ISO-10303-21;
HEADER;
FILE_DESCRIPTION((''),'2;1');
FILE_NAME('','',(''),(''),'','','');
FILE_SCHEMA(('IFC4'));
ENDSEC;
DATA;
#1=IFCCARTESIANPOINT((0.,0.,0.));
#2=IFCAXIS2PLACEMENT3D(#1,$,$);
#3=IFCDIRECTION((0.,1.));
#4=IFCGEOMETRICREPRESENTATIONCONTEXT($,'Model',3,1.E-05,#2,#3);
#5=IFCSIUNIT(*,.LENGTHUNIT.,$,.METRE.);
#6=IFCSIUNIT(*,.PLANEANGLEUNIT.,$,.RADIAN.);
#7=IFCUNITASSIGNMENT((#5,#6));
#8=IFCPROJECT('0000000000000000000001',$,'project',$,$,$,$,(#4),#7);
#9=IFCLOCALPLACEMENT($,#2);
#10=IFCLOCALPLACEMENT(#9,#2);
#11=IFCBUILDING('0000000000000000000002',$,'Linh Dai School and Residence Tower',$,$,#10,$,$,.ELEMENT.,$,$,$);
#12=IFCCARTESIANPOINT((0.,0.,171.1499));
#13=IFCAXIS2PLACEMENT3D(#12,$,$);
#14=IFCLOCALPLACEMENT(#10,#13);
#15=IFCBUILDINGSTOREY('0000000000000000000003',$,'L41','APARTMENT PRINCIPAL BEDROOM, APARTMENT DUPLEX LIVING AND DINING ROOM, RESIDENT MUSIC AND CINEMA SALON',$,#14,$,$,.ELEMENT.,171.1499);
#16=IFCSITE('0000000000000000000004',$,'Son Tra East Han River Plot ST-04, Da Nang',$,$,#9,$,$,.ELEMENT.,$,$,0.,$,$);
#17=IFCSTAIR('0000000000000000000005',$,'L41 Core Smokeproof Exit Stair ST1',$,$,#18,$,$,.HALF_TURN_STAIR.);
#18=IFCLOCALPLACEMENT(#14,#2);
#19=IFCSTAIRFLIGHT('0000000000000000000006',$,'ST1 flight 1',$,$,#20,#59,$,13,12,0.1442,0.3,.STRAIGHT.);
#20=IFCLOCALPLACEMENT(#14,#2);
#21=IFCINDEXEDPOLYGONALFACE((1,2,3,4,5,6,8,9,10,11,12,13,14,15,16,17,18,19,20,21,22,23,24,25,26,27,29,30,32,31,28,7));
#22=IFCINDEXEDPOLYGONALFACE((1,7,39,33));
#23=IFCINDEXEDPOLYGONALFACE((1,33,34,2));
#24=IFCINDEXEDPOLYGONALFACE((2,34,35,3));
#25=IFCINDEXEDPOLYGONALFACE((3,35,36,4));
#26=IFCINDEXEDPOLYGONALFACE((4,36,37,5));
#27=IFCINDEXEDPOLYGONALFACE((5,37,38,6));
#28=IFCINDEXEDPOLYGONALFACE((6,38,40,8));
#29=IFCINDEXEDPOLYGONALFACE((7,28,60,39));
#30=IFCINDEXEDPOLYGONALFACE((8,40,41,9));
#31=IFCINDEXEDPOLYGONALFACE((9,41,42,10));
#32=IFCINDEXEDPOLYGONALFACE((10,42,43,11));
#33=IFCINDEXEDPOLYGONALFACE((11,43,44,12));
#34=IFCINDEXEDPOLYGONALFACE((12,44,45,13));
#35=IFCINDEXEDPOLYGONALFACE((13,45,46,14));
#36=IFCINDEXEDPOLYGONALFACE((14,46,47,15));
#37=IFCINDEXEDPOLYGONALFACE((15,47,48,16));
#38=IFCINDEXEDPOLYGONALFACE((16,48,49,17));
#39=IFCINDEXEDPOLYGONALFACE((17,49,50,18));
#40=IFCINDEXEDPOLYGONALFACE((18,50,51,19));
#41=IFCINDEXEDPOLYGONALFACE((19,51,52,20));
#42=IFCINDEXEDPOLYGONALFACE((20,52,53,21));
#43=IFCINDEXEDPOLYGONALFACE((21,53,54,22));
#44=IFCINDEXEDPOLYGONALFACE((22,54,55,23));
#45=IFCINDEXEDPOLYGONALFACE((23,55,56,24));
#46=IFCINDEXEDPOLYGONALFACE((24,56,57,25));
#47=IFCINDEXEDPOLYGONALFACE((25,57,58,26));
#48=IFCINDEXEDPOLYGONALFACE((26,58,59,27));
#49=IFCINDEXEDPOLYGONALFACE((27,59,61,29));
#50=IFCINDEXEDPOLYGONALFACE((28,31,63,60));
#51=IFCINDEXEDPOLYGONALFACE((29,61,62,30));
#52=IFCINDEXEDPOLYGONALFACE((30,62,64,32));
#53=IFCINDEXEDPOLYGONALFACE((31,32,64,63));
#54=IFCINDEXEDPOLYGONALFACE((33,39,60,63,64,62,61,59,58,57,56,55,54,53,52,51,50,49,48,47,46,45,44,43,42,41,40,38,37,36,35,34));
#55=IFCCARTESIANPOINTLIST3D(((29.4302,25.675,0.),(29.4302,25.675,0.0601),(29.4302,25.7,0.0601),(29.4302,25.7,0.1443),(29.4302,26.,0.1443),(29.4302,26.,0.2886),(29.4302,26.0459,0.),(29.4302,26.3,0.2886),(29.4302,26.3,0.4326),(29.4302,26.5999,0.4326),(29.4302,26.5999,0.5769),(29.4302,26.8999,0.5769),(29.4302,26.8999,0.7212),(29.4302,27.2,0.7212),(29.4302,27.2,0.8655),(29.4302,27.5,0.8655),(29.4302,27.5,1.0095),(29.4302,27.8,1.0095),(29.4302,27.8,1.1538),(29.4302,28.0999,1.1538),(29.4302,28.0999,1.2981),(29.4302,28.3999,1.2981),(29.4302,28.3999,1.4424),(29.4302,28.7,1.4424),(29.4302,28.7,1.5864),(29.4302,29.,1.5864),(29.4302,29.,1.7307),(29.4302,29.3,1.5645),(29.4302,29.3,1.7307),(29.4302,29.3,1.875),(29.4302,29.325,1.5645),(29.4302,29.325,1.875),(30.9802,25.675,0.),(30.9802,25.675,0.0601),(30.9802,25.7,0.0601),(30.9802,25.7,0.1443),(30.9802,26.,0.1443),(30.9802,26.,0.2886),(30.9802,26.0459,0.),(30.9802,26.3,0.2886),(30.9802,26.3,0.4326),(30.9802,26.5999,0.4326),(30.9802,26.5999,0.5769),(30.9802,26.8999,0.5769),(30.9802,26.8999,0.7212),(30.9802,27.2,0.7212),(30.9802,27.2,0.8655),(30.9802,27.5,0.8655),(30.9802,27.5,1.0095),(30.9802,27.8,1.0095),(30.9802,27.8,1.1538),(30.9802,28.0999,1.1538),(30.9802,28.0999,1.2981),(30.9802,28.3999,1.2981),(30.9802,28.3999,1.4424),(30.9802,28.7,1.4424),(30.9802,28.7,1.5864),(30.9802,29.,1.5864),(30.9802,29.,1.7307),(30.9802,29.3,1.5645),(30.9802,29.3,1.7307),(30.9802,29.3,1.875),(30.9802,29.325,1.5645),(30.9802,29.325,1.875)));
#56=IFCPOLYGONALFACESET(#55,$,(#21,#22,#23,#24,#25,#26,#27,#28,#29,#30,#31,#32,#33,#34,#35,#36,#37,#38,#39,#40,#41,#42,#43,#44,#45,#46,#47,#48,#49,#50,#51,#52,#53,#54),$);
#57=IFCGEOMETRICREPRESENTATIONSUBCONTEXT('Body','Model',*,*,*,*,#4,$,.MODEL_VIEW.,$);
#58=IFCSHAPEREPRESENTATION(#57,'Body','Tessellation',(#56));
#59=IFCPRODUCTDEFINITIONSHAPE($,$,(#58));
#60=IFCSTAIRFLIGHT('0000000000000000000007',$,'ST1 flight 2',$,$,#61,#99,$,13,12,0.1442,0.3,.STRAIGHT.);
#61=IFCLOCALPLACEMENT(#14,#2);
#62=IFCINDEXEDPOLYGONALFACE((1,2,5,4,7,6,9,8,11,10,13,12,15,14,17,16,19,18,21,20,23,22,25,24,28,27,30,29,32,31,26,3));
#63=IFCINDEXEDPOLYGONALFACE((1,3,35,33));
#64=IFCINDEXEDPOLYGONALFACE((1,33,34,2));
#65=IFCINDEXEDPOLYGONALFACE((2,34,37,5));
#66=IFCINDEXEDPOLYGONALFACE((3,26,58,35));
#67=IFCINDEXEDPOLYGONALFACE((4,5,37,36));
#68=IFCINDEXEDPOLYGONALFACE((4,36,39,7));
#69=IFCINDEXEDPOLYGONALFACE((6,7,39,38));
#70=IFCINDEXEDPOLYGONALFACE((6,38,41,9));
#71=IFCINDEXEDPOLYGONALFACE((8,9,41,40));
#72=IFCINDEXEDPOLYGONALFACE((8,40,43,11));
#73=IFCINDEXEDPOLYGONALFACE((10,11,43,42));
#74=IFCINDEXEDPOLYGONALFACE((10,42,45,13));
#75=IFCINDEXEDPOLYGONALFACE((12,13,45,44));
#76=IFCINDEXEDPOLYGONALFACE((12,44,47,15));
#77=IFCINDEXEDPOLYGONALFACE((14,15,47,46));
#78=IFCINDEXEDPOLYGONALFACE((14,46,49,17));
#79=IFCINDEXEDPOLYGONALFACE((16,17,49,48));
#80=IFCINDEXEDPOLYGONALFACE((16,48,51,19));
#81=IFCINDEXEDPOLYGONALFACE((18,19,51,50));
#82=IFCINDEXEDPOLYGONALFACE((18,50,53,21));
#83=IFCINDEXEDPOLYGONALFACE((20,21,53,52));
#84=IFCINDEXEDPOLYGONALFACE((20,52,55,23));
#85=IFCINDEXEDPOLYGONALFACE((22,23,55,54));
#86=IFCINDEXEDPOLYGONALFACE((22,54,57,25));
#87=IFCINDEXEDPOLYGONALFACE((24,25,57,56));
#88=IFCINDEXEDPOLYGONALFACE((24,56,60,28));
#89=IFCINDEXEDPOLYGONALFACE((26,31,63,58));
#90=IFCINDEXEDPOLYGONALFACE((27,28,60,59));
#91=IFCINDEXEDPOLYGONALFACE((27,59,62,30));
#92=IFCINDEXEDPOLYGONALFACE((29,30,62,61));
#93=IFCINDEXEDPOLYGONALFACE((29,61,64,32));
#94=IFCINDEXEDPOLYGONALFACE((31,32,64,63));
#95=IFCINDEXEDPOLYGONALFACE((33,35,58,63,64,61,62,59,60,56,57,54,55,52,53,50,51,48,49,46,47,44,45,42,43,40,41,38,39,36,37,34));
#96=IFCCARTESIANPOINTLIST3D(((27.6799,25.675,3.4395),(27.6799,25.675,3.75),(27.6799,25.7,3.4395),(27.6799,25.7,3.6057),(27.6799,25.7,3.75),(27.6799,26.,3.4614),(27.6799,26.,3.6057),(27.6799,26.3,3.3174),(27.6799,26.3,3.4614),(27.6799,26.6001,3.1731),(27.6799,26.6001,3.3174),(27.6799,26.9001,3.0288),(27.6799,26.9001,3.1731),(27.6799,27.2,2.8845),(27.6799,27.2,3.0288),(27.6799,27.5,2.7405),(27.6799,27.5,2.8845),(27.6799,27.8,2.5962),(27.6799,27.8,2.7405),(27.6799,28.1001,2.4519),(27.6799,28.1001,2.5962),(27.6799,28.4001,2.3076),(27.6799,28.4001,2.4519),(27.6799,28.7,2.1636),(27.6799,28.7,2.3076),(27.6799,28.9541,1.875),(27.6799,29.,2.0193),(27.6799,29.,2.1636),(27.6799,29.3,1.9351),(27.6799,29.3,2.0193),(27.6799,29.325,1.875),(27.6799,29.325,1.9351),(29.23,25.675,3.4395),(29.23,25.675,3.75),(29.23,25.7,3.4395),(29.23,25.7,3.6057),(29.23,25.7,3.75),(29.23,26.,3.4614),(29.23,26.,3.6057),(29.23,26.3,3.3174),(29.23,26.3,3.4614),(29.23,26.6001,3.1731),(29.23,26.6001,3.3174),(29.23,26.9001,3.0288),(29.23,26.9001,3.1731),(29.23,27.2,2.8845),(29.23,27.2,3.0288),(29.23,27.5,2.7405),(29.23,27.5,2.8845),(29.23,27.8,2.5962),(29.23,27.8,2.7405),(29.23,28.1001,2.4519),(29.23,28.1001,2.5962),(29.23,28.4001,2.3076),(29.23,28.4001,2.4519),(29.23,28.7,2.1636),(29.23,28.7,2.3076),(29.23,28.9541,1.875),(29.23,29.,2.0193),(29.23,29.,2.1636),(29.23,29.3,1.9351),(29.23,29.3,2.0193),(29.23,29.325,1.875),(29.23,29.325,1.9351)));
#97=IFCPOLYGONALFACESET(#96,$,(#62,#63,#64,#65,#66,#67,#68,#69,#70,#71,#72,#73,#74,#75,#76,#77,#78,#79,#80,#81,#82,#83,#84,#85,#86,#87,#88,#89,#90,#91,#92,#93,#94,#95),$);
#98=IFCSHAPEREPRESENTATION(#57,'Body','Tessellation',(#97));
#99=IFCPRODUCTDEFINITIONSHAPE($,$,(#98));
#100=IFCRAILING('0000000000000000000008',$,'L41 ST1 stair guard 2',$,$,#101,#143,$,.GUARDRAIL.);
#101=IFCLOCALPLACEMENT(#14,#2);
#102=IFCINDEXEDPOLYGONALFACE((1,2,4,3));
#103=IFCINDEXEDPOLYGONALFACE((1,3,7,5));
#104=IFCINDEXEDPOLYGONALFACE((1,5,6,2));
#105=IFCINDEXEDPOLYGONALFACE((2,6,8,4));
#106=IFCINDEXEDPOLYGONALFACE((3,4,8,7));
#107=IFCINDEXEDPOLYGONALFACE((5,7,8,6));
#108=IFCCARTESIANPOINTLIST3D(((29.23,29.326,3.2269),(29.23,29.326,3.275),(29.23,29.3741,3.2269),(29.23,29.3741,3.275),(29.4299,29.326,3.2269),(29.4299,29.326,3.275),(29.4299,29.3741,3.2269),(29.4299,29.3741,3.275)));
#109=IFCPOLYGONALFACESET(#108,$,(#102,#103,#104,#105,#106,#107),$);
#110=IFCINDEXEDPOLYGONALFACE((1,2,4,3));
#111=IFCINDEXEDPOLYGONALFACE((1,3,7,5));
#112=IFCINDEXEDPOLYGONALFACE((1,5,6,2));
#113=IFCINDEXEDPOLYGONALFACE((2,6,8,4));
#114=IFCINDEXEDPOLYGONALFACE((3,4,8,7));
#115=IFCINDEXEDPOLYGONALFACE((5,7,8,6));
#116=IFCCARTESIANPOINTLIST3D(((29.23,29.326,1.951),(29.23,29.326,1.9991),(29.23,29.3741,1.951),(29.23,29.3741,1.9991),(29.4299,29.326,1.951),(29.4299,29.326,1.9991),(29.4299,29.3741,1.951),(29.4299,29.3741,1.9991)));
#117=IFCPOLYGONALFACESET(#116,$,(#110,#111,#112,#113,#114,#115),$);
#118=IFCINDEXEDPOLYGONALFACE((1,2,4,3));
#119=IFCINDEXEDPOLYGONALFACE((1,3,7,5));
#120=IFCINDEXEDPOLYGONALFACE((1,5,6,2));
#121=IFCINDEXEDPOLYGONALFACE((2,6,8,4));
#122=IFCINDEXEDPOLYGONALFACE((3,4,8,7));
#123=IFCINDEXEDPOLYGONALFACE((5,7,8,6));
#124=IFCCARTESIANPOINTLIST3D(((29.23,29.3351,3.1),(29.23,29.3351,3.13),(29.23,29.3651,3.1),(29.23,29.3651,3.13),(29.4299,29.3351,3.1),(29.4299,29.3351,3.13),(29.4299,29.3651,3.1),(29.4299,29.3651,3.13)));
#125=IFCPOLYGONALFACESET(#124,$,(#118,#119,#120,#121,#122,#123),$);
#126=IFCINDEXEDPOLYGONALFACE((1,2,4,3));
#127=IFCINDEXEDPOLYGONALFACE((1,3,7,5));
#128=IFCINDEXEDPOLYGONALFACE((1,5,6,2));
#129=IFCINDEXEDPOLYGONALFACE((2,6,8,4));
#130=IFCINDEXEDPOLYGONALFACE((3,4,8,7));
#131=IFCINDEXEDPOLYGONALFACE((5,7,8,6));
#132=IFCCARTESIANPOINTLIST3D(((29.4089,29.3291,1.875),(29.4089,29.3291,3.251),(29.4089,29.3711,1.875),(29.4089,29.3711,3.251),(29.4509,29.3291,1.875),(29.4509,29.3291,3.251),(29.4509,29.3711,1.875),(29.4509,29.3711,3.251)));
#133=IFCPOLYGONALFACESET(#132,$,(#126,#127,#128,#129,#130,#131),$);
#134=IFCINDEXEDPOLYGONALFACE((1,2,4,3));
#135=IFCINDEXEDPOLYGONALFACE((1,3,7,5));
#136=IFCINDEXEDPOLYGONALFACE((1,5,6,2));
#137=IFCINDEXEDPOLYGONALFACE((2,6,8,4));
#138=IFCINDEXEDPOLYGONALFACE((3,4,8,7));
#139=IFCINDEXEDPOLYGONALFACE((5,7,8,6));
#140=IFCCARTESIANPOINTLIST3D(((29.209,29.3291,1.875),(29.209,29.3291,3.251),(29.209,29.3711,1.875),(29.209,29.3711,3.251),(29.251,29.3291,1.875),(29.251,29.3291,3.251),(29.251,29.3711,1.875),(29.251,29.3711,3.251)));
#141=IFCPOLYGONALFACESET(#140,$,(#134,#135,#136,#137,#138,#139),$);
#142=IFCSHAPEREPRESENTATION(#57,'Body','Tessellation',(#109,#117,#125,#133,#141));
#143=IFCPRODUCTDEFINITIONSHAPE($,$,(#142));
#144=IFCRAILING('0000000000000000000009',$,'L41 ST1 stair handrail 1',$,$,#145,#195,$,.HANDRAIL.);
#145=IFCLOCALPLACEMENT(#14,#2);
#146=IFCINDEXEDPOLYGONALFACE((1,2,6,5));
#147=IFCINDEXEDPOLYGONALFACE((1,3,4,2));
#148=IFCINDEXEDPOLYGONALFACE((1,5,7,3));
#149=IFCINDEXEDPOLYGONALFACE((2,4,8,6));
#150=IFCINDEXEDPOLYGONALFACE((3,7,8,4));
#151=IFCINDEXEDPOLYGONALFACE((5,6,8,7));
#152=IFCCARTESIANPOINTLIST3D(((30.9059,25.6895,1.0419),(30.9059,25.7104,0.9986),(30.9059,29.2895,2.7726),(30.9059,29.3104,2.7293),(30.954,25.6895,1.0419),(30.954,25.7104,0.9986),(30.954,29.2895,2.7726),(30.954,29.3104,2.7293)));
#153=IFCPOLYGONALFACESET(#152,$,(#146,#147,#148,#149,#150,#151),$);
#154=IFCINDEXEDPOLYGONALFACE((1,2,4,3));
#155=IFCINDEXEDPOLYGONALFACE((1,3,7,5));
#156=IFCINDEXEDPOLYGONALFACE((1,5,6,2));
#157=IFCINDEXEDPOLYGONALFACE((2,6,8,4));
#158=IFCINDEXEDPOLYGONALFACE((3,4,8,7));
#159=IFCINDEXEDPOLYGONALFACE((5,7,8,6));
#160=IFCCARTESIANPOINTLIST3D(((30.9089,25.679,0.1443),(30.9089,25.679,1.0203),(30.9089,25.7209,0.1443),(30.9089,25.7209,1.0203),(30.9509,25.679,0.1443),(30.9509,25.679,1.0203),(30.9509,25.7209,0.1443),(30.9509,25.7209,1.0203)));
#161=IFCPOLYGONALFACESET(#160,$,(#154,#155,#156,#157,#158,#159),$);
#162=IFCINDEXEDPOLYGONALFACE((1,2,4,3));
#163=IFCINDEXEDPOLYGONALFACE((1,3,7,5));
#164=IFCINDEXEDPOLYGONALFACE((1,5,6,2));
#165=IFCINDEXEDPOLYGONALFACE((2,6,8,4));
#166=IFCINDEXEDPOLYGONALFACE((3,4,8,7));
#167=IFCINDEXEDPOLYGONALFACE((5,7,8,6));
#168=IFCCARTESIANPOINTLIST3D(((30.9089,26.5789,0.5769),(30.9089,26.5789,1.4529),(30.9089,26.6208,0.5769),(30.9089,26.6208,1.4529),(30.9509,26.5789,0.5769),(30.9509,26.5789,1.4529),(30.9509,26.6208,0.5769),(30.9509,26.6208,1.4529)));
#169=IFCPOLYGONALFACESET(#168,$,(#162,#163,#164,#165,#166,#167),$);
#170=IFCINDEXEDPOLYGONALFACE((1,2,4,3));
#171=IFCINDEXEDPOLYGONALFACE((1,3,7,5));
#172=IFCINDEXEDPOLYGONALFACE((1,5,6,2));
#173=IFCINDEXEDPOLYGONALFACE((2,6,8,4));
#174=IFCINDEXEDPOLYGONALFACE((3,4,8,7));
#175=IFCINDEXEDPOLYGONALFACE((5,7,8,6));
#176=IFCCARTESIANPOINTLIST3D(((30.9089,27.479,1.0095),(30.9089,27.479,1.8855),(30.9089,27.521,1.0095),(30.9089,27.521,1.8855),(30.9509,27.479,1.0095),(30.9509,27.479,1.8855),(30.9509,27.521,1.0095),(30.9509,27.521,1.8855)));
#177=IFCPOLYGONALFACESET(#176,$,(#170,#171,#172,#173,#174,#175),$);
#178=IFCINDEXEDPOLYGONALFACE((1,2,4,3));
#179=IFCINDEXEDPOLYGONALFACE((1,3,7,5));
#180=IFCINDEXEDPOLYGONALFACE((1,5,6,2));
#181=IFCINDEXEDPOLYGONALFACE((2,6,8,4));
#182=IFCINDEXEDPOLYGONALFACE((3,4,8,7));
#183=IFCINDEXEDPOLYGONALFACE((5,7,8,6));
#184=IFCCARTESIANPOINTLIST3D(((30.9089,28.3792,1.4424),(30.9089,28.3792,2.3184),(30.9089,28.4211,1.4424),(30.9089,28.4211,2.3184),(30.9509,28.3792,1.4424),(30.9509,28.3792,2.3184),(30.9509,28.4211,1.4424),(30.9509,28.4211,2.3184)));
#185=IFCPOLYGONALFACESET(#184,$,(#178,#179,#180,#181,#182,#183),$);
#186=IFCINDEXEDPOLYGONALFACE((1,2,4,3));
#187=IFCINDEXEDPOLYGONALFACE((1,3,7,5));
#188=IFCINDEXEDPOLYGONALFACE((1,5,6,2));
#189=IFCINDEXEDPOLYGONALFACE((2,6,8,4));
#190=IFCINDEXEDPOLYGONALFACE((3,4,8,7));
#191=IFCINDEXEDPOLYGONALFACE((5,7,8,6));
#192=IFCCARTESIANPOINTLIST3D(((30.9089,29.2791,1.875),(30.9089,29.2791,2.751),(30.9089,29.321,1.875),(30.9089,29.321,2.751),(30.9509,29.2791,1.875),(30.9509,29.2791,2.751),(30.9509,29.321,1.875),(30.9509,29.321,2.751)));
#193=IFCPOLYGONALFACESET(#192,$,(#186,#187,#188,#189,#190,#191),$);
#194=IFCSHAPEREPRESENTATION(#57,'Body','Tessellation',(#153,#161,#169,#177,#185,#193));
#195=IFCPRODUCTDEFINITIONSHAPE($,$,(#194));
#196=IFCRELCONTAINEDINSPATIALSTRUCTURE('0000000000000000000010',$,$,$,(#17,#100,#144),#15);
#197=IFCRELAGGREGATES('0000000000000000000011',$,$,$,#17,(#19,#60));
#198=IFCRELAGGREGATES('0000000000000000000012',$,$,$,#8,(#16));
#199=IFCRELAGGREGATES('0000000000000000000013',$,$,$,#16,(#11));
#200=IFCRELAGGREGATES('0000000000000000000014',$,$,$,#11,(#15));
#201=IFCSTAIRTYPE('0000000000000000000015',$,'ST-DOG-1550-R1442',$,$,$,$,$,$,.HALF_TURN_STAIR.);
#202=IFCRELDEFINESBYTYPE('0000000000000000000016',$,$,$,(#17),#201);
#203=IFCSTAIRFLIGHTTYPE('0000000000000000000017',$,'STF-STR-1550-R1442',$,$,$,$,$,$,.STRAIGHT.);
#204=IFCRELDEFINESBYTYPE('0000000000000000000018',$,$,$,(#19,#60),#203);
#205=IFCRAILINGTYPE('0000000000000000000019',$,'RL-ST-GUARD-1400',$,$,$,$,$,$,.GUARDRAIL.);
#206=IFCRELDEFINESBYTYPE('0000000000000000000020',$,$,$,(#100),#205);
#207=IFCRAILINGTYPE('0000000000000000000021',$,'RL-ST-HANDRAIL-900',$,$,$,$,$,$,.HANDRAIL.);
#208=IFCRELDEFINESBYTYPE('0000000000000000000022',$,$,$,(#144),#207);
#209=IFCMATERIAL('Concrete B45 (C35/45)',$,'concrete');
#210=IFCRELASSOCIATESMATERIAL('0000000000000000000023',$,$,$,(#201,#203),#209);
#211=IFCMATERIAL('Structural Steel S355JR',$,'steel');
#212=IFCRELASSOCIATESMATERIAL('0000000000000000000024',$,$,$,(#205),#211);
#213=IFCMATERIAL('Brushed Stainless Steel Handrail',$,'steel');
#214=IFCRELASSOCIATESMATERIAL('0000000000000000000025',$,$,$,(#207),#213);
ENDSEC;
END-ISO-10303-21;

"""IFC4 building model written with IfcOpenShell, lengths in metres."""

from ifc_helpers import new_model, si_unit, direction, frame, origin, origin_2d, place, context, subcontext, project, spatial, polyline, rectangle, outline, extrude, source, transform, mapped, material, type_object, element, aggregate, save


model = new_model("IFC4")

# Units and contexts
model_context = context("Model", 3, precision=1e-05, world=origin(), true_north=direction((0.0, 1.0)))
body_context = subcontext(model_context, "Body", "Model", "MODEL_VIEW")
ifc_project = project(units=[si_unit("LENGTHUNIT", "METRE"), si_unit("PLANEANGLEUNIT", "RADIAN")], contexts=[model_context])

# Site, building, storey
site_placement = place(None, origin())
site = spatial("IfcSite", under=ifc_project, at=site_placement, Name="Son Tra East Han River Plot ST-04, Da Nang", CompositionType="ELEMENT", RefElevation=0.0)
building_placement = place(site_placement, origin())
building = spatial("IfcBuilding", under=site, at=building_placement, Name="Linh Dai School and Residence Tower", CompositionType="ELEMENT")
storey_placement = place(building_placement, frame((0.0, 0.0, 171.1499)))
storey = spatial("IfcBuildingStorey", under=building, at=storey_placement, Name="L41", Description="APARTMENT PRINCIPAL BEDROOM, APARTMENT DUPLEX LIVING AND DINING ROOM, RESIDENT MUSIC AND CINEMA SALON", CompositionType="ELEMENT", Elevation=171.1499)

# Shared definitions
ifc_material_1 = material(Name="Concrete B45 (C35/45)", Category="concrete")

# Stair, stair flights
stair_type = type_object("IfcStairType", Name="ST-DOG-1550-R1442", PredefinedType="HALF_TURN_STAIR", material=ifc_material_1)
stair_placement = place(storey_placement, origin())
stair = element("IfcStair", 1, at=stair_placement, inside=storey, type_object=stair_type, Name="L41 Core Smokeproof Exit Stair ST1", PredefinedType="HALF_TURN_STAIR")
stair_flight_type = type_object("IfcStairFlightType", Name="STF-STR-1550-R1442", PredefinedType="STRAIGHT", material=ifc_material_1)
shared_shape_1 = source(origin(), body_context, "Body", "SweptSolid", [
    extrude(outline(polyline([(-0.0249, 0.0), (-0.0249, 0.0601), (0.0, 0.0601), (0.0, 0.1443), (0.3, 0.1443), (0.3, 0.2886), (0.6001, 0.2886), (0.6001, 0.4326), (0.8999, 0.4326), (0.8999, 0.5769), (1.2, 0.5769), (1.2, 0.7212), (1.5, 0.7212), (1.5, 0.8655), (1.8, 0.8655), (1.8, 1.0095), (2.1001, 1.0095), (2.1001, 1.1538), (2.3999, 1.1538), (2.3999, 1.2981), (2.7, 1.2981), (2.7, 1.4424), (3.0, 1.4424), (3.0, 1.5864), (3.3, 1.5864), (3.3, 1.7307), (3.6001, 1.7307), (3.6001, 1.875), (3.625, 1.875), (3.625, 1.5645), (3.6001, 1.5645), (0.3459, 0.0), (-0.0249, 0.0)])), frame((0.0, 0.7749, 0.0), z_axis=(0.0, -1.0, 0.0), x_axis=(1.0, 0.0, 0.0)), (0.0, 0.0, 1.0), 1.55),
])
stair_flight_1_placement = place(storey_placement, frame((30.2051, 25.7, 0.0), z_axis=(0.0, 0.0, 1.0), x_axis=(0.0, 1.0, 0.0)))
stair_flight_1 = element("IfcStairFlight", 2, at=stair_flight_1_placement, type_object=stair_flight_type, Name="ST1 flight 1", NumberOfRisers=13, NumberOfTreads=12, PredefinedType="STRAIGHT", RiserHeight=0.1442, TreadLength=0.3, context=body_context, shape_type="MappedRepresentation", body=[
    mapped(shared_shape_1, transform((0.0, 0.0, 0.0), x_axis=(1.0, 0.0, 0.0), y_axis=(0.0, 1.0, 0.0), z_axis=(0.0, 0.0, 1.0), scale=1.0)),
])
stair_flight_2_placement = place(storey_placement, frame((28.4551, 29.3, 1.875), z_axis=(0.0, 0.0, 1.0), x_axis=(0.0, -1.0, 0.0)))
stair_flight_2 = element("IfcStairFlight", 3, at=stair_flight_2_placement, type_object=stair_flight_type, Name="ST1 flight 2", NumberOfRisers=13, NumberOfTreads=12, PredefinedType="STRAIGHT", RiserHeight=0.1442, TreadLength=0.3, context=body_context, shape_type="MappedRepresentation", body=[
    mapped(shared_shape_1, transform((0.0, 0.0, 0.0), x_axis=(1.0, 0.0, 0.0), y_axis=(0.0, 1.0, 0.0), z_axis=(0.0, 0.0, 1.0), scale=1.0)),
])
aggregate(stair, [stair_flight_1, stair_flight_2])

# Railings
ifc_material_2 = material(Name="Structural Steel S355JR", Category="steel")
railing_type_1 = type_object("IfcRailingType", Name="RL-ST-GUARD-1400", PredefinedType="GUARDRAIL", material=ifc_material_2)
shared_shape_2 = source(origin(), body_context, "Body", "SweptSolid", [
    extrude(rectangle(XDim=0.0481, YDim=0.0481, at=origin_2d()), frame((0.0, 0.0, 1.376), z_axis=(-1.0, 0.0, 0.0), x_axis=(0.0, -1.0, 0.0)), (0.0, 0.0, 1.0), 0.2),
    extrude(rectangle(XDim=0.0481, YDim=0.0481, at=origin_2d()), frame((0.0, 0.0, 0.1001), z_axis=(-1.0, 0.0, 0.0), x_axis=(0.0, -1.0, 0.0)), (0.0, 0.0, 1.0), 0.2),
    extrude(rectangle(XDim=0.03, YDim=0.03, at=origin_2d()), frame((0.0, 0.0, 1.24), z_axis=(-1.0, 0.0, 0.0), x_axis=(0.0, -1.0, 0.0)), (0.0, 0.0, 1.0), 0.2),
    extrude(rectangle(XDim=0.042, YDim=0.042, at=origin_2d()), origin(), (0.0, 0.0, 1.0), 1.376),
    extrude(rectangle(XDim=0.042, YDim=0.042, at=origin_2d()), frame((-0.2, 0.0, 0.0)), (0.0, 0.0, 1.0), 1.376),
])
railing_1_placement = place(storey_placement, frame((29.4299, 29.3501, 1.875)))
element("IfcRailing", 4, at=railing_1_placement, inside=storey, type_object=railing_type_1, Name="L41 ST1 stair guard 2", PredefinedType="GUARDRAIL", context=body_context, shape_type="MappedRepresentation", body=[
    mapped(shared_shape_2, transform((0.0, 0.0, 0.0), x_axis=(1.0, 0.0, 0.0), y_axis=(0.0, 1.0, 0.0), z_axis=(0.0, 0.0, 1.0), scale=1.0)),
])
ifc_material_3 = material(Name="Brushed Stainless Steel Handrail", Category="steel")
railing_type_2 = type_object("IfcRailingType", Name="RL-ST-HANDRAIL-900", PredefinedType="HANDRAIL", material=ifc_material_3)
shared_shape_3 = source(origin(), body_context, "Body", "SweptSolid", [
    extrude(rectangle(XDim=0.0481, YDim=0.0481, at=origin_2d()), frame((0.0, 0.0, 0.876), z_axis=(0.0, 0.901263, 0.433273), x_axis=(-1.0, 0.0, 0.0)), (0.0, 0.0, 1.0), 3.9944),
    extrude(rectangle(XDim=0.042, YDim=0.042, at=origin_2d()), origin(), (0.0, 0.0, 1.0), 0.876),
    extrude(rectangle(XDim=0.042, YDim=0.042, at=origin_2d()), frame((0.0, 0.8999, 0.4326)), (0.0, 0.0, 1.0), 0.876),
    extrude(rectangle(XDim=0.042, YDim=0.042, at=origin_2d()), frame((0.0, 1.8, 0.8652)), (0.0, 0.0, 1.0), 0.876),
    extrude(rectangle(XDim=0.042, YDim=0.042, at=origin_2d()), frame((0.0, 2.7002, 1.2981)), (0.0, 0.0, 1.0), 0.876),
    extrude(rectangle(XDim=0.042, YDim=0.042, at=origin_2d()), frame((0.0, 3.6001, 1.7307)), (0.0, 0.0, 1.0), 0.876),
])
railing_2_placement = place(storey_placement, frame((30.9299, 25.7, 0.1443)))
element("IfcRailing", 5, at=railing_2_placement, inside=storey, type_object=railing_type_2, Name="L41 ST1 stair handrail 1", PredefinedType="HANDRAIL", context=body_context, shape_type="MappedRepresentation", body=[
    mapped(shared_shape_3, transform((0.0, 0.0, 0.0), x_axis=(1.0, 0.0, 0.0), y_axis=(0.0, 1.0, 0.0), z_axis=(0.0, 0.0, 1.0), scale=1.0)),
])

save(model, "model.ifc")
